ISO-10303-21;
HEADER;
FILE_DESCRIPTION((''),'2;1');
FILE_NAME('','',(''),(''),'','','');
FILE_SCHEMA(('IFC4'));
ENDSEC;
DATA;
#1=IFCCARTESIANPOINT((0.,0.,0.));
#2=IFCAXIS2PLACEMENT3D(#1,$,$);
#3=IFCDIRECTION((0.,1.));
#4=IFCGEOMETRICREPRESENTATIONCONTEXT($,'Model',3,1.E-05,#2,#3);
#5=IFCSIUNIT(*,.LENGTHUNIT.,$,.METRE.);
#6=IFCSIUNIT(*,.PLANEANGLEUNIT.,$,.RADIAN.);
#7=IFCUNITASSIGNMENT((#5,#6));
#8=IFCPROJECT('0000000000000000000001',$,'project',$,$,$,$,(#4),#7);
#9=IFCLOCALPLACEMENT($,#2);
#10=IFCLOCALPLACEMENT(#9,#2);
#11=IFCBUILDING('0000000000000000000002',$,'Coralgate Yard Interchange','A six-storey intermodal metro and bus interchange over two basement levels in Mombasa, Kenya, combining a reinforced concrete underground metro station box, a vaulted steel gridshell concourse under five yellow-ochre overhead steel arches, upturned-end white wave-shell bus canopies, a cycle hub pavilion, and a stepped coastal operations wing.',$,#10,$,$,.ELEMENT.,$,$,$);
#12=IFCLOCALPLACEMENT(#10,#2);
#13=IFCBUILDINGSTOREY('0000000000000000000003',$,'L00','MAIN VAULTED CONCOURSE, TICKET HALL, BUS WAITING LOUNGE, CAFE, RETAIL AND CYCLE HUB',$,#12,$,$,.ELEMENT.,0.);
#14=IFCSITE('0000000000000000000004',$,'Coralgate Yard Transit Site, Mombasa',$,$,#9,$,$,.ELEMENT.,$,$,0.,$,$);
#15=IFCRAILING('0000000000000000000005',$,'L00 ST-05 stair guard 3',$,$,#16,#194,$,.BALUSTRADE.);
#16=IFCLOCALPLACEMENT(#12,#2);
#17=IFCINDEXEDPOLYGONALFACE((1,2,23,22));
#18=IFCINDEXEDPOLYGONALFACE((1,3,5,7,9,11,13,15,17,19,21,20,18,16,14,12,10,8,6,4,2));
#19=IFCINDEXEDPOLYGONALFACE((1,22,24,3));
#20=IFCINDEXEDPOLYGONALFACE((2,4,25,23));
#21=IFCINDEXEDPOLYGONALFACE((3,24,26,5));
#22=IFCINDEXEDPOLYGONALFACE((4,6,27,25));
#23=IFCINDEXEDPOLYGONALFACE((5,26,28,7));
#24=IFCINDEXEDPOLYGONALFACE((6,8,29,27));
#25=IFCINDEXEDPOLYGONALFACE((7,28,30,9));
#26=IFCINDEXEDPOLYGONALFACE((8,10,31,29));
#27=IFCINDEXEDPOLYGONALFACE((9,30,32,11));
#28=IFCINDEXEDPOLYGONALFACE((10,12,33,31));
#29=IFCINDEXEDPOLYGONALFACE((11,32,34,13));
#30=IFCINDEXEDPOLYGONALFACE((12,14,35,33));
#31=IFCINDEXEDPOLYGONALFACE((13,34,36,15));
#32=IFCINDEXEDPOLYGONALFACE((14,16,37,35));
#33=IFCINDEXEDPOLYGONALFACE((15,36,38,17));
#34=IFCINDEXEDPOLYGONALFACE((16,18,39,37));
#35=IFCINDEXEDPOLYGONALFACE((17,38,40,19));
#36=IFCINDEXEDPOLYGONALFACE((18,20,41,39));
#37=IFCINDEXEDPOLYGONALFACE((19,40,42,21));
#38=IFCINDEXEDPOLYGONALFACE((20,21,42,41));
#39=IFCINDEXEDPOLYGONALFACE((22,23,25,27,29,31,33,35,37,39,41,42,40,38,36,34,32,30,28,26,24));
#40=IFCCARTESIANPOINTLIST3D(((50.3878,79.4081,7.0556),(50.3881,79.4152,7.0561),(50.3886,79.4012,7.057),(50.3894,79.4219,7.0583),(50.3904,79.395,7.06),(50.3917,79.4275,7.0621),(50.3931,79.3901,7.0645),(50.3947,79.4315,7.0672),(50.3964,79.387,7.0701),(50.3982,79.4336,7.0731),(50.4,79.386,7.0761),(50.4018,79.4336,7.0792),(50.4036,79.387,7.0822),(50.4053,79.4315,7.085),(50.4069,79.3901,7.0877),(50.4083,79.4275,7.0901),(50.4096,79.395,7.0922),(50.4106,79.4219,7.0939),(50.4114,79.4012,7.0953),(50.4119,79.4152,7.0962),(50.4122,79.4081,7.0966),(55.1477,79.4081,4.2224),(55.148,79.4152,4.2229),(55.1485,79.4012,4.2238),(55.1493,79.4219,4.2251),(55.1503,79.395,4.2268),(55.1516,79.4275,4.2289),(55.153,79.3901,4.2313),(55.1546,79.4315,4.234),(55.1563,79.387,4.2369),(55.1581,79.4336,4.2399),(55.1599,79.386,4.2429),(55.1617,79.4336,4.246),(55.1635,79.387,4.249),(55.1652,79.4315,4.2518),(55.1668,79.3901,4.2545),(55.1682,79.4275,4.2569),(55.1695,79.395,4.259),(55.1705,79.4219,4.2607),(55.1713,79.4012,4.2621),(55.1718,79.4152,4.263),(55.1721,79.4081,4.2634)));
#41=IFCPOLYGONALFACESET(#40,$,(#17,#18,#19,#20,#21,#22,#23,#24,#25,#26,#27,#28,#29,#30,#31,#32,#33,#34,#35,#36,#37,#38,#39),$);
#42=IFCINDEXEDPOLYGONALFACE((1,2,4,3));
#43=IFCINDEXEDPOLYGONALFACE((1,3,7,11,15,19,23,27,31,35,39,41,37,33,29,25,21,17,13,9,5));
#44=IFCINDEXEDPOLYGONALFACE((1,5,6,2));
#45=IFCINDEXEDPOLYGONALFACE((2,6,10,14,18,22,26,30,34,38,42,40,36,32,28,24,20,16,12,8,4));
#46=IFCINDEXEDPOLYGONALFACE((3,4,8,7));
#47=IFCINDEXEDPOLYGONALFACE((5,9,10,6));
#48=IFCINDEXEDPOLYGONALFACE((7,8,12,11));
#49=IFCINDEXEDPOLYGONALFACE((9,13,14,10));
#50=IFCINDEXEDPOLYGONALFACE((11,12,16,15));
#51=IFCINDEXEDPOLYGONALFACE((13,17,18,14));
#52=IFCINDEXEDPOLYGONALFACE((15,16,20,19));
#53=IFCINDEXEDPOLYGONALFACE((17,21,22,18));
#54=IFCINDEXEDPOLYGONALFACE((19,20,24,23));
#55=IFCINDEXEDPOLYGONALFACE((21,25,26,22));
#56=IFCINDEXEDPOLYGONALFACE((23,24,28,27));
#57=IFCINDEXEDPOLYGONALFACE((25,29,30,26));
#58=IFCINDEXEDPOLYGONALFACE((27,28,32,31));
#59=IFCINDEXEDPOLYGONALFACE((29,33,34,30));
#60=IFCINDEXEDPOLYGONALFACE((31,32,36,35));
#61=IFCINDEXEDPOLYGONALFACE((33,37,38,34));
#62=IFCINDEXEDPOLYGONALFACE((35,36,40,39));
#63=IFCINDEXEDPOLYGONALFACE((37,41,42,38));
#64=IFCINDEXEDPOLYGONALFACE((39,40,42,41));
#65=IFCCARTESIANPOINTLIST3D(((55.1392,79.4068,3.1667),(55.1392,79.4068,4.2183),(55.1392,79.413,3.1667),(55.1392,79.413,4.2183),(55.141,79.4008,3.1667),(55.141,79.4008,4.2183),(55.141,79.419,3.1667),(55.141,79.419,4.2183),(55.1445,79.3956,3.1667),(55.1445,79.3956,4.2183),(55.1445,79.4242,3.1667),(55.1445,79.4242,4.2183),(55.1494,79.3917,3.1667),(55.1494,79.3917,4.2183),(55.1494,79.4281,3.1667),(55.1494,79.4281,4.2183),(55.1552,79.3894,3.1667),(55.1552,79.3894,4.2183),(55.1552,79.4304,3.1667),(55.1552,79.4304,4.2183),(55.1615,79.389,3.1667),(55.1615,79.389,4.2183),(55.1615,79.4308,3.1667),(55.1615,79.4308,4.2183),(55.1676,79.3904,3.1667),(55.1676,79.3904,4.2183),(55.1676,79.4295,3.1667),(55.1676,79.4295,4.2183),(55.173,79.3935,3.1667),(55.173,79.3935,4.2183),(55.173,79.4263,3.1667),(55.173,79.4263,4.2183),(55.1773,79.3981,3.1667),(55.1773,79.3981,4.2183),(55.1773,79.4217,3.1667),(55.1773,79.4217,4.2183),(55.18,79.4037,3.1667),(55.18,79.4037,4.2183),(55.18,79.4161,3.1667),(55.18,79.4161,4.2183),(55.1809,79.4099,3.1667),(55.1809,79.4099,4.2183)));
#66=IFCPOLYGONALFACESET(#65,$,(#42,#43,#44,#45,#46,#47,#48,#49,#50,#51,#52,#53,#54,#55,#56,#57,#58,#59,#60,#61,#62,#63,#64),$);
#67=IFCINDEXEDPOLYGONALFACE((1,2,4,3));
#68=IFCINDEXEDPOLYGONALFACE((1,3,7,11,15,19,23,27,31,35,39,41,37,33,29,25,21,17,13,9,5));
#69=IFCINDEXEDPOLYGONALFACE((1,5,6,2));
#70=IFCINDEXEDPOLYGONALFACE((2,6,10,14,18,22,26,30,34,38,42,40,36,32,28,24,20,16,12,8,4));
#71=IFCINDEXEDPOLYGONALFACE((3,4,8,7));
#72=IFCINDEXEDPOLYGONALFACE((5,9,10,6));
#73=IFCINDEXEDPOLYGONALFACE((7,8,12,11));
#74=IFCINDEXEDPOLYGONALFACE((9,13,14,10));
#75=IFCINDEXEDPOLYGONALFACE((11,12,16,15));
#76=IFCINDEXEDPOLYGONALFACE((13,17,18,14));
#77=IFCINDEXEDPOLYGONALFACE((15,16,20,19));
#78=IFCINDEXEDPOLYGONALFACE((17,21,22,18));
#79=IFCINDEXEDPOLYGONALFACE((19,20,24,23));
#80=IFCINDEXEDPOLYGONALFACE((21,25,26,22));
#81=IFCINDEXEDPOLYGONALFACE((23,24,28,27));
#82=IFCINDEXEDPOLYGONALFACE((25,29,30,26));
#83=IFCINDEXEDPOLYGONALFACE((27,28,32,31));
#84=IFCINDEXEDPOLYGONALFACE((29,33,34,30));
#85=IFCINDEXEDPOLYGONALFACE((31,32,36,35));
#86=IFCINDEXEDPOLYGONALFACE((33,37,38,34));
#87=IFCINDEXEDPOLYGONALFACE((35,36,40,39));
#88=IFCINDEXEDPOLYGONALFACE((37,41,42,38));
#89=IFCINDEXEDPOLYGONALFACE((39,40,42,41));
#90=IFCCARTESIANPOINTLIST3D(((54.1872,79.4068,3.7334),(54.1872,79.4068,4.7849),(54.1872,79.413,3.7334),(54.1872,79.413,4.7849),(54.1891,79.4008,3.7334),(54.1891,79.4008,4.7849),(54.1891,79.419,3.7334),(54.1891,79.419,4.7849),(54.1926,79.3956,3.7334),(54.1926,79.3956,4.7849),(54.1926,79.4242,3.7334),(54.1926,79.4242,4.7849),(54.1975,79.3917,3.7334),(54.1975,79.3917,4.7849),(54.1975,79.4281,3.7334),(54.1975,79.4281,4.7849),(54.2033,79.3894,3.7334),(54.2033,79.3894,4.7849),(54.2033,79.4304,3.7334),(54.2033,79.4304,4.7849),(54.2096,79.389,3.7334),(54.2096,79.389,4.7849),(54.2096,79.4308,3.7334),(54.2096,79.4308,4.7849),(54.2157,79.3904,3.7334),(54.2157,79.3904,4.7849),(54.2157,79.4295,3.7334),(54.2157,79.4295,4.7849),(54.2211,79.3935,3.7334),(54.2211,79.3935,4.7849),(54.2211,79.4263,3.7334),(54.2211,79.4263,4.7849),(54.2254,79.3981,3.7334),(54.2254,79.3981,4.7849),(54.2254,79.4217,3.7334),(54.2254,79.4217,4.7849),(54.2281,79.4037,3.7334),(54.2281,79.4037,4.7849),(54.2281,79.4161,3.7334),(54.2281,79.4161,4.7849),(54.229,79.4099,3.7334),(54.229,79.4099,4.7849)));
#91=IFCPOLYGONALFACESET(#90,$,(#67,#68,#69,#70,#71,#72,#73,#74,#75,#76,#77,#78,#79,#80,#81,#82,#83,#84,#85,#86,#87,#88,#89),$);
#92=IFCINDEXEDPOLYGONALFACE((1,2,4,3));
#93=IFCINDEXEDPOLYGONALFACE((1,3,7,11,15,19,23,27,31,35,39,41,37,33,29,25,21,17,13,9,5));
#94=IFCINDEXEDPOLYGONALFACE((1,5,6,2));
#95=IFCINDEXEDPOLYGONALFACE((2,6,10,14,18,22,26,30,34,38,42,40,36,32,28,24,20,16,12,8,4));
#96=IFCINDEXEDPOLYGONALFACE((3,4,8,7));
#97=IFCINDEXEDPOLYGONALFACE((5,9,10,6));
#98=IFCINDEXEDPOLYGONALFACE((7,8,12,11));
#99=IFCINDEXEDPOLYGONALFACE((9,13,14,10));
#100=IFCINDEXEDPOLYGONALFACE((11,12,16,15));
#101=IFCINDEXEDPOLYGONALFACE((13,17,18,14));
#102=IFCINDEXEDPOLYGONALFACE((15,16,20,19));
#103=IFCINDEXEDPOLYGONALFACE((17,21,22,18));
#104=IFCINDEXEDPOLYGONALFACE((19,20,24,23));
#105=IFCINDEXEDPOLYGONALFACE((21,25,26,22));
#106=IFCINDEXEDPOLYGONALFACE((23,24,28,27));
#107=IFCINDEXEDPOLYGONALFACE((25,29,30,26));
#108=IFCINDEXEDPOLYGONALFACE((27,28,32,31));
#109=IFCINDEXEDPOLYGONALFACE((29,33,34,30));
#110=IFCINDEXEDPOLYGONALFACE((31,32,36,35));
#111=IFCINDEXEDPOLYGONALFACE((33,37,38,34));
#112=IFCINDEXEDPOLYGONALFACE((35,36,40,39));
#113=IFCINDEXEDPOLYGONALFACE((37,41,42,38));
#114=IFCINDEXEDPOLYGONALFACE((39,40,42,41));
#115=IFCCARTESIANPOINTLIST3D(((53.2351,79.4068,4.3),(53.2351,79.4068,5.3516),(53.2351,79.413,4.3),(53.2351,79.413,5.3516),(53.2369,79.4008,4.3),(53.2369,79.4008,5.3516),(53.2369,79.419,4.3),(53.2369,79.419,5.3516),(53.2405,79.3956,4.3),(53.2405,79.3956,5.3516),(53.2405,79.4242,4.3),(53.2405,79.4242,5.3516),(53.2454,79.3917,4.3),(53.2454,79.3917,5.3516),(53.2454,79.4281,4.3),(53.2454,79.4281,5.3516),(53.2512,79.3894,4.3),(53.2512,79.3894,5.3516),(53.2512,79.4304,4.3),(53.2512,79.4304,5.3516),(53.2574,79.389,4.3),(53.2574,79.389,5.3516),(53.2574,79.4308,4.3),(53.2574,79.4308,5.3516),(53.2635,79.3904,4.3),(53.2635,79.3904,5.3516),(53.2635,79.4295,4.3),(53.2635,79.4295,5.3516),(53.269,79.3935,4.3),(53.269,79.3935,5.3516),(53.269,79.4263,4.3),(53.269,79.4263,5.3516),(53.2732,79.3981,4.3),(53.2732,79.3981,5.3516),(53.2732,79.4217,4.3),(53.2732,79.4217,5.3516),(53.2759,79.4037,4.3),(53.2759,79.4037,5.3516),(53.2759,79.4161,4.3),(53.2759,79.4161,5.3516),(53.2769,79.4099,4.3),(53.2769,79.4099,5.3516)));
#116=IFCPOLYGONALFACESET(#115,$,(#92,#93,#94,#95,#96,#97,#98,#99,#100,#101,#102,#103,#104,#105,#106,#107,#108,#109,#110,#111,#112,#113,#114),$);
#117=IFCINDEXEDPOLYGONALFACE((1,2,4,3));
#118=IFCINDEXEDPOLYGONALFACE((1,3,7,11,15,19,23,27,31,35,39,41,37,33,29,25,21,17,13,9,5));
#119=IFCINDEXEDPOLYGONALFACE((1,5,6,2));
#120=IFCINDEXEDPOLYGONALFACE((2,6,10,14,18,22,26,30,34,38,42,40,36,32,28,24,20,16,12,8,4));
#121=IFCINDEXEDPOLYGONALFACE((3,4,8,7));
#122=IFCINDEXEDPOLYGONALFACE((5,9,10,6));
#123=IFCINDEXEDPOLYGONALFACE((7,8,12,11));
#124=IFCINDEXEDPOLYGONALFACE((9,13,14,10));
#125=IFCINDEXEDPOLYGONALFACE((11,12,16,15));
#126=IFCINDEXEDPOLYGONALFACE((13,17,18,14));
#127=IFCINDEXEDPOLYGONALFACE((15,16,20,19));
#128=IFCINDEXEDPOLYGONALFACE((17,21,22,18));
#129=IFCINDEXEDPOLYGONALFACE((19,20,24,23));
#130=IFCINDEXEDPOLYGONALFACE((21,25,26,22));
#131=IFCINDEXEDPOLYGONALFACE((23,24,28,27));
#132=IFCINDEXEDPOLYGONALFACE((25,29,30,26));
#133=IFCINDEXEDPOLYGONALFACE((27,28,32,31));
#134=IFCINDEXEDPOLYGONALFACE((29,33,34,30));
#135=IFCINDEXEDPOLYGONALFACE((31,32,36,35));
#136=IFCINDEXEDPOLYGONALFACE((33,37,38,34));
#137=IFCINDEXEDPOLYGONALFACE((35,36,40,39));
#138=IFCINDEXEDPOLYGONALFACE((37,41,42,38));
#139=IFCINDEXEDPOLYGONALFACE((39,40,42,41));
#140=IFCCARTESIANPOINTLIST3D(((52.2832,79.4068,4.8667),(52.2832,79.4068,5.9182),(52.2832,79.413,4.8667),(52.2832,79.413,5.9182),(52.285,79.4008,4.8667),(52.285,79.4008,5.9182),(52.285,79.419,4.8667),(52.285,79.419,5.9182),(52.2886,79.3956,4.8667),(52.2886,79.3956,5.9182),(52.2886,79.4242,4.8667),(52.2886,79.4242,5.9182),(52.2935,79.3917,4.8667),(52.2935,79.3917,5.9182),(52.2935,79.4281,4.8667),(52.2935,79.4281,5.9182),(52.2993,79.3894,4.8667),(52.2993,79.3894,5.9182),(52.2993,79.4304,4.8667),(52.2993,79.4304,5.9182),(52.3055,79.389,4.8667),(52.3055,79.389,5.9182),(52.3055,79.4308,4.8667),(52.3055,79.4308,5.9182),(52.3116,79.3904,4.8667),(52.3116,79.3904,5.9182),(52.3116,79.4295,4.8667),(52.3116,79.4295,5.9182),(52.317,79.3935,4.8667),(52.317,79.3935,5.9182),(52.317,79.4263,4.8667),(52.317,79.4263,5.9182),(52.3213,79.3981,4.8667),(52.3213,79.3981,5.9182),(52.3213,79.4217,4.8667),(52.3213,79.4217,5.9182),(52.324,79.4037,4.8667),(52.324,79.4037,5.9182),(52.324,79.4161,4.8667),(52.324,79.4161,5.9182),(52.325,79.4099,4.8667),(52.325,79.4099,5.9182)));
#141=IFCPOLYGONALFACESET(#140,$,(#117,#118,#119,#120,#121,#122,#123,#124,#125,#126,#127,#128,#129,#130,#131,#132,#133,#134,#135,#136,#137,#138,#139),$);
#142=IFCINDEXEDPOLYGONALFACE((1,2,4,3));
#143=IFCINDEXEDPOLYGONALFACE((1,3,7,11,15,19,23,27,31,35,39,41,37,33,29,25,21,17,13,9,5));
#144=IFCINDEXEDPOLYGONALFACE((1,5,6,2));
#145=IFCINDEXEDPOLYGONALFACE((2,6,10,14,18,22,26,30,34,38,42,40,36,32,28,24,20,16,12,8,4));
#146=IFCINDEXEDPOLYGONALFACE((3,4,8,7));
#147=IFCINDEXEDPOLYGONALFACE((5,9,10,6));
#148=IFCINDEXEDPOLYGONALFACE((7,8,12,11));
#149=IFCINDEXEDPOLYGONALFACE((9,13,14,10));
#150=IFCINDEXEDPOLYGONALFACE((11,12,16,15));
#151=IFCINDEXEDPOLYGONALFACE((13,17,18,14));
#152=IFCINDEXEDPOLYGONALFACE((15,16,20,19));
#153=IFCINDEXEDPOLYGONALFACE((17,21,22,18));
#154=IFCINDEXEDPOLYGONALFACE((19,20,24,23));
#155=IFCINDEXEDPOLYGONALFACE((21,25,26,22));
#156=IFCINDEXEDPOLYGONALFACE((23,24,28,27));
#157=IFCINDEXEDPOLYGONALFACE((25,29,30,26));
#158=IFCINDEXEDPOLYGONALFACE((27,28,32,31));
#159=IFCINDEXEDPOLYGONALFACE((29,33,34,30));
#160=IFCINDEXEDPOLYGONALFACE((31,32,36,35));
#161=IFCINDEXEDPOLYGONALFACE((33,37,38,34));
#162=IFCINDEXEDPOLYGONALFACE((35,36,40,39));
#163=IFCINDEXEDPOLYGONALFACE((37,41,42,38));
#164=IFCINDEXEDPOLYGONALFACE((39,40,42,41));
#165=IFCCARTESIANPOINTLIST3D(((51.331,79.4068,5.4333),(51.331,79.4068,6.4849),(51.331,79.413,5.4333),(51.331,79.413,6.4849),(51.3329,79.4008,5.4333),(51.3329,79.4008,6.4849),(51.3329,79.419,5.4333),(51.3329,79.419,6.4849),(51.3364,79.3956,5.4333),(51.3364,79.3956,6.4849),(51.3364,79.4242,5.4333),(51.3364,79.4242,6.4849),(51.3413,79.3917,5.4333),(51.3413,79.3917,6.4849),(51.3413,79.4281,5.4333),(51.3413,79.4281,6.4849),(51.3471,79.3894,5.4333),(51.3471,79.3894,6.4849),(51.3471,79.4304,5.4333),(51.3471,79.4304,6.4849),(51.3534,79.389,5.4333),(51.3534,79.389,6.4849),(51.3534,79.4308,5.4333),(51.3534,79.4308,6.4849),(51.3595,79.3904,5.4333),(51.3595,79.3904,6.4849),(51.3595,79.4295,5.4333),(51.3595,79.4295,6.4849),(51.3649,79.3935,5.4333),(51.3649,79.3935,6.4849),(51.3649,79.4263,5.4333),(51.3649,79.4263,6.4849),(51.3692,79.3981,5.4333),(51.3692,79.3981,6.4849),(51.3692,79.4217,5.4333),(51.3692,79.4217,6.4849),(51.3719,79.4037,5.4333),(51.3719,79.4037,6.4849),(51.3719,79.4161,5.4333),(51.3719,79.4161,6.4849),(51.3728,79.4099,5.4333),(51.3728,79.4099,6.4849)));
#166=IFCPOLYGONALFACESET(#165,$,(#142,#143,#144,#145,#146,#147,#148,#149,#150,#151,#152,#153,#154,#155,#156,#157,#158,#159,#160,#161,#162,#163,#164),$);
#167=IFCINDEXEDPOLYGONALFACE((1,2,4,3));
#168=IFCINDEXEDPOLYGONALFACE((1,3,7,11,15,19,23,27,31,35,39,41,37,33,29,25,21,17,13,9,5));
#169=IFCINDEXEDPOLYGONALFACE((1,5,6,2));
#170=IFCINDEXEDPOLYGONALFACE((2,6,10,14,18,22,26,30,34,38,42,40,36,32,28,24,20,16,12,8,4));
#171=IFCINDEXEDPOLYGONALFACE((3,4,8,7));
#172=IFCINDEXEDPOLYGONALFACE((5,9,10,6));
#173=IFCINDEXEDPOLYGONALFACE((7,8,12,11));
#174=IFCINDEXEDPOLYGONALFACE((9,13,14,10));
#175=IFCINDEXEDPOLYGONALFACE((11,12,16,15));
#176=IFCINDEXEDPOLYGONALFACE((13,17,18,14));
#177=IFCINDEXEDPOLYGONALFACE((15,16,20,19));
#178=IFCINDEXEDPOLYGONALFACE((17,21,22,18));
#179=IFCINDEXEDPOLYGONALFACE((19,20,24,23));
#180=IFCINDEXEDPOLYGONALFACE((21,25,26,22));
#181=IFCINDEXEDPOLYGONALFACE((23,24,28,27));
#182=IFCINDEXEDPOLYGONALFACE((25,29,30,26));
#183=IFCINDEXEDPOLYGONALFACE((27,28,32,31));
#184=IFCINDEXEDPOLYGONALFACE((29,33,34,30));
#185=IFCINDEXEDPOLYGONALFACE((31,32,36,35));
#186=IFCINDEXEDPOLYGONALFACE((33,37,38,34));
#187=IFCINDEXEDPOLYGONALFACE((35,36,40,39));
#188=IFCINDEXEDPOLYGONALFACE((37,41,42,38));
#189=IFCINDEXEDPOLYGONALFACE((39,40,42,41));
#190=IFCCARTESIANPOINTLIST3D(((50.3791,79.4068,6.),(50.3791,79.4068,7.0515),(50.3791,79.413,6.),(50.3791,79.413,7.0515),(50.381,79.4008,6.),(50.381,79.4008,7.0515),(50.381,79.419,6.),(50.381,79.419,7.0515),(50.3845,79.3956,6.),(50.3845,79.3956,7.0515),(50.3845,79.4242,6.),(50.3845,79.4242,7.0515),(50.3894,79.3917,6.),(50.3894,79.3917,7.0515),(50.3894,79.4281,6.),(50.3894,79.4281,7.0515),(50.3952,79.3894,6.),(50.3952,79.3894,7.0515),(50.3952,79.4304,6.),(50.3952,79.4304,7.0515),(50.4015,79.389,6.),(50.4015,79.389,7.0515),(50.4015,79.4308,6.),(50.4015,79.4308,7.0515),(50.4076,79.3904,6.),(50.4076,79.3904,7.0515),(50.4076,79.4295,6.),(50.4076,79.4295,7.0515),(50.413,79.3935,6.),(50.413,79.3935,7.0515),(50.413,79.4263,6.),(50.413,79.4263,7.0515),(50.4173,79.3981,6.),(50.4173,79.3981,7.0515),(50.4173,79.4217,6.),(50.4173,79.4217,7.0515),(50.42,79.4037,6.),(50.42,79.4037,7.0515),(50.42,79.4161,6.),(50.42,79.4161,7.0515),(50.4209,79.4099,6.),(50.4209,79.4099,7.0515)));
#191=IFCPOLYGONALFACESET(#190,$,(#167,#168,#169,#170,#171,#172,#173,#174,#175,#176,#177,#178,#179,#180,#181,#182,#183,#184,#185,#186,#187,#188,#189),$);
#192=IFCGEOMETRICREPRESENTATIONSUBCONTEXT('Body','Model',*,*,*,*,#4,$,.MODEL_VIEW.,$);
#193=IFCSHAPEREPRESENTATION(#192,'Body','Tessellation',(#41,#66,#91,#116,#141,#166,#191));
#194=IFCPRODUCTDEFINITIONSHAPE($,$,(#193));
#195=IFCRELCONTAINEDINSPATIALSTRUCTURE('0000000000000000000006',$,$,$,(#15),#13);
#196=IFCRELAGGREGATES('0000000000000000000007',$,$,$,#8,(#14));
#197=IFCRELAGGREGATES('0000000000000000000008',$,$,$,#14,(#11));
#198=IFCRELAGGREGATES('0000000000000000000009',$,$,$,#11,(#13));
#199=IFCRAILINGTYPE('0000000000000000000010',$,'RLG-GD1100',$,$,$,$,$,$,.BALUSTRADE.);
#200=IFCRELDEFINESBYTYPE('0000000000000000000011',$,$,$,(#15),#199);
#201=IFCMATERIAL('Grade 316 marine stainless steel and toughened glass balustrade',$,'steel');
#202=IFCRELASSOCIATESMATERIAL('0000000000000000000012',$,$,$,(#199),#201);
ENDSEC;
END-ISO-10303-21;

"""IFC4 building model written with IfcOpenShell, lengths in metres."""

from ifc_helpers import new_model, si_unit, direction, frame, origin, origin_2d, place, context, subcontext, project, spatial, circle, extrude, material, type_object, element, save


model = new_model("IFC4")

# Units and contexts
model_context = context("Model", 3, precision=1e-05, world=origin(), true_north=direction((0.0, 1.0)))
body_context = subcontext(model_context, "Body", "Model", "MODEL_VIEW")
ifc_project = project(units=[si_unit("LENGTHUNIT", "METRE"), si_unit("PLANEANGLEUNIT", "RADIAN")], contexts=[model_context])

# Site, building, storey
site_placement = place(None, origin())
site = spatial("IfcSite", under=ifc_project, at=site_placement, Name="Coralgate Yard Transit Site, Mombasa", CompositionType="ELEMENT", RefElevation=0.0)
building_placement = place(site_placement, origin())
building = spatial("IfcBuilding", under=site, at=building_placement, Name="Coralgate Yard Interchange", Description="A six-storey intermodal metro and bus interchange over two basement levels in Mombasa, Kenya, combining a reinforced concrete underground metro station box, a vaulted steel gridshell concourse under five yellow-ochre overhead steel arches, upturned-end white wave-shell bus canopies, a cycle hub pavilion, and a stepped coastal operations wing.", CompositionType="ELEMENT")
storey_placement = place(building_placement, origin())
storey = spatial("IfcBuildingStorey", under=building, at=storey_placement, Name="L00", Description="MAIN VAULTED CONCOURSE, TICKET HALL, BUS WAITING LOUNGE, CAFE, RETAIL AND CYCLE HUB", CompositionType="ELEMENT", Elevation=0.0)

# Railing
ifc_material_1 = material(Name="Grade 316 marine stainless steel and toughened glass balustrade", Category="steel")
railing_type_1 = type_object("IfcRailingType", Name="RLG-GD1100", PredefinedType="BALUSTRADE", material=ifc_material_1)
railing_1_placement = place(storey_placement, frame((55.1599, 79.4099, 3.1667)))
element("IfcRailing", 1, at=railing_1_placement, inside=storey, type_object=railing_type_1, Name="L00 ST-05 stair guard 3", PredefinedType="BALUSTRADE", context=body_context, shape_type="SweptSolid", body=[
    extrude(circle(Radius=0.0239, at=origin_2d()), frame((0.0, 0.0, 1.0762), z_axis=(-0.8593, 0.0, 0.511472), x_axis=(0.0, -1.0, 0.0)), (0.0, 0.0, 1.0), 5.5393),
    extrude(circle(Radius=0.021, at=origin_2d()), origin(), (0.0, 0.0, 1.0), 1.0515),
    extrude(circle(Radius=0.021, at=origin_2d()), frame((-0.9519, 0.0, 0.5667)), (0.0, 0.0, 1.0), 1.0515),
    extrude(circle(Radius=0.021, at=origin_2d()), frame((-1.9041, 0.0, 1.1333)), (0.0, 0.0, 1.0), 1.0515),
    extrude(circle(Radius=0.021, at=origin_2d()), frame((-2.856, 0.0, 1.7)), (0.0, 0.0, 1.0), 1.0515),
    extrude(circle(Radius=0.021, at=origin_2d()), frame((-3.8081, 0.0, 2.2666)), (0.0, 0.0, 1.0), 1.0515),
    extrude(circle(Radius=0.021, at=origin_2d()), frame((-4.76, 0.0, 2.8333)), (0.0, 0.0, 1.0), 1.0515),
])

save(model, "model.ifc")
